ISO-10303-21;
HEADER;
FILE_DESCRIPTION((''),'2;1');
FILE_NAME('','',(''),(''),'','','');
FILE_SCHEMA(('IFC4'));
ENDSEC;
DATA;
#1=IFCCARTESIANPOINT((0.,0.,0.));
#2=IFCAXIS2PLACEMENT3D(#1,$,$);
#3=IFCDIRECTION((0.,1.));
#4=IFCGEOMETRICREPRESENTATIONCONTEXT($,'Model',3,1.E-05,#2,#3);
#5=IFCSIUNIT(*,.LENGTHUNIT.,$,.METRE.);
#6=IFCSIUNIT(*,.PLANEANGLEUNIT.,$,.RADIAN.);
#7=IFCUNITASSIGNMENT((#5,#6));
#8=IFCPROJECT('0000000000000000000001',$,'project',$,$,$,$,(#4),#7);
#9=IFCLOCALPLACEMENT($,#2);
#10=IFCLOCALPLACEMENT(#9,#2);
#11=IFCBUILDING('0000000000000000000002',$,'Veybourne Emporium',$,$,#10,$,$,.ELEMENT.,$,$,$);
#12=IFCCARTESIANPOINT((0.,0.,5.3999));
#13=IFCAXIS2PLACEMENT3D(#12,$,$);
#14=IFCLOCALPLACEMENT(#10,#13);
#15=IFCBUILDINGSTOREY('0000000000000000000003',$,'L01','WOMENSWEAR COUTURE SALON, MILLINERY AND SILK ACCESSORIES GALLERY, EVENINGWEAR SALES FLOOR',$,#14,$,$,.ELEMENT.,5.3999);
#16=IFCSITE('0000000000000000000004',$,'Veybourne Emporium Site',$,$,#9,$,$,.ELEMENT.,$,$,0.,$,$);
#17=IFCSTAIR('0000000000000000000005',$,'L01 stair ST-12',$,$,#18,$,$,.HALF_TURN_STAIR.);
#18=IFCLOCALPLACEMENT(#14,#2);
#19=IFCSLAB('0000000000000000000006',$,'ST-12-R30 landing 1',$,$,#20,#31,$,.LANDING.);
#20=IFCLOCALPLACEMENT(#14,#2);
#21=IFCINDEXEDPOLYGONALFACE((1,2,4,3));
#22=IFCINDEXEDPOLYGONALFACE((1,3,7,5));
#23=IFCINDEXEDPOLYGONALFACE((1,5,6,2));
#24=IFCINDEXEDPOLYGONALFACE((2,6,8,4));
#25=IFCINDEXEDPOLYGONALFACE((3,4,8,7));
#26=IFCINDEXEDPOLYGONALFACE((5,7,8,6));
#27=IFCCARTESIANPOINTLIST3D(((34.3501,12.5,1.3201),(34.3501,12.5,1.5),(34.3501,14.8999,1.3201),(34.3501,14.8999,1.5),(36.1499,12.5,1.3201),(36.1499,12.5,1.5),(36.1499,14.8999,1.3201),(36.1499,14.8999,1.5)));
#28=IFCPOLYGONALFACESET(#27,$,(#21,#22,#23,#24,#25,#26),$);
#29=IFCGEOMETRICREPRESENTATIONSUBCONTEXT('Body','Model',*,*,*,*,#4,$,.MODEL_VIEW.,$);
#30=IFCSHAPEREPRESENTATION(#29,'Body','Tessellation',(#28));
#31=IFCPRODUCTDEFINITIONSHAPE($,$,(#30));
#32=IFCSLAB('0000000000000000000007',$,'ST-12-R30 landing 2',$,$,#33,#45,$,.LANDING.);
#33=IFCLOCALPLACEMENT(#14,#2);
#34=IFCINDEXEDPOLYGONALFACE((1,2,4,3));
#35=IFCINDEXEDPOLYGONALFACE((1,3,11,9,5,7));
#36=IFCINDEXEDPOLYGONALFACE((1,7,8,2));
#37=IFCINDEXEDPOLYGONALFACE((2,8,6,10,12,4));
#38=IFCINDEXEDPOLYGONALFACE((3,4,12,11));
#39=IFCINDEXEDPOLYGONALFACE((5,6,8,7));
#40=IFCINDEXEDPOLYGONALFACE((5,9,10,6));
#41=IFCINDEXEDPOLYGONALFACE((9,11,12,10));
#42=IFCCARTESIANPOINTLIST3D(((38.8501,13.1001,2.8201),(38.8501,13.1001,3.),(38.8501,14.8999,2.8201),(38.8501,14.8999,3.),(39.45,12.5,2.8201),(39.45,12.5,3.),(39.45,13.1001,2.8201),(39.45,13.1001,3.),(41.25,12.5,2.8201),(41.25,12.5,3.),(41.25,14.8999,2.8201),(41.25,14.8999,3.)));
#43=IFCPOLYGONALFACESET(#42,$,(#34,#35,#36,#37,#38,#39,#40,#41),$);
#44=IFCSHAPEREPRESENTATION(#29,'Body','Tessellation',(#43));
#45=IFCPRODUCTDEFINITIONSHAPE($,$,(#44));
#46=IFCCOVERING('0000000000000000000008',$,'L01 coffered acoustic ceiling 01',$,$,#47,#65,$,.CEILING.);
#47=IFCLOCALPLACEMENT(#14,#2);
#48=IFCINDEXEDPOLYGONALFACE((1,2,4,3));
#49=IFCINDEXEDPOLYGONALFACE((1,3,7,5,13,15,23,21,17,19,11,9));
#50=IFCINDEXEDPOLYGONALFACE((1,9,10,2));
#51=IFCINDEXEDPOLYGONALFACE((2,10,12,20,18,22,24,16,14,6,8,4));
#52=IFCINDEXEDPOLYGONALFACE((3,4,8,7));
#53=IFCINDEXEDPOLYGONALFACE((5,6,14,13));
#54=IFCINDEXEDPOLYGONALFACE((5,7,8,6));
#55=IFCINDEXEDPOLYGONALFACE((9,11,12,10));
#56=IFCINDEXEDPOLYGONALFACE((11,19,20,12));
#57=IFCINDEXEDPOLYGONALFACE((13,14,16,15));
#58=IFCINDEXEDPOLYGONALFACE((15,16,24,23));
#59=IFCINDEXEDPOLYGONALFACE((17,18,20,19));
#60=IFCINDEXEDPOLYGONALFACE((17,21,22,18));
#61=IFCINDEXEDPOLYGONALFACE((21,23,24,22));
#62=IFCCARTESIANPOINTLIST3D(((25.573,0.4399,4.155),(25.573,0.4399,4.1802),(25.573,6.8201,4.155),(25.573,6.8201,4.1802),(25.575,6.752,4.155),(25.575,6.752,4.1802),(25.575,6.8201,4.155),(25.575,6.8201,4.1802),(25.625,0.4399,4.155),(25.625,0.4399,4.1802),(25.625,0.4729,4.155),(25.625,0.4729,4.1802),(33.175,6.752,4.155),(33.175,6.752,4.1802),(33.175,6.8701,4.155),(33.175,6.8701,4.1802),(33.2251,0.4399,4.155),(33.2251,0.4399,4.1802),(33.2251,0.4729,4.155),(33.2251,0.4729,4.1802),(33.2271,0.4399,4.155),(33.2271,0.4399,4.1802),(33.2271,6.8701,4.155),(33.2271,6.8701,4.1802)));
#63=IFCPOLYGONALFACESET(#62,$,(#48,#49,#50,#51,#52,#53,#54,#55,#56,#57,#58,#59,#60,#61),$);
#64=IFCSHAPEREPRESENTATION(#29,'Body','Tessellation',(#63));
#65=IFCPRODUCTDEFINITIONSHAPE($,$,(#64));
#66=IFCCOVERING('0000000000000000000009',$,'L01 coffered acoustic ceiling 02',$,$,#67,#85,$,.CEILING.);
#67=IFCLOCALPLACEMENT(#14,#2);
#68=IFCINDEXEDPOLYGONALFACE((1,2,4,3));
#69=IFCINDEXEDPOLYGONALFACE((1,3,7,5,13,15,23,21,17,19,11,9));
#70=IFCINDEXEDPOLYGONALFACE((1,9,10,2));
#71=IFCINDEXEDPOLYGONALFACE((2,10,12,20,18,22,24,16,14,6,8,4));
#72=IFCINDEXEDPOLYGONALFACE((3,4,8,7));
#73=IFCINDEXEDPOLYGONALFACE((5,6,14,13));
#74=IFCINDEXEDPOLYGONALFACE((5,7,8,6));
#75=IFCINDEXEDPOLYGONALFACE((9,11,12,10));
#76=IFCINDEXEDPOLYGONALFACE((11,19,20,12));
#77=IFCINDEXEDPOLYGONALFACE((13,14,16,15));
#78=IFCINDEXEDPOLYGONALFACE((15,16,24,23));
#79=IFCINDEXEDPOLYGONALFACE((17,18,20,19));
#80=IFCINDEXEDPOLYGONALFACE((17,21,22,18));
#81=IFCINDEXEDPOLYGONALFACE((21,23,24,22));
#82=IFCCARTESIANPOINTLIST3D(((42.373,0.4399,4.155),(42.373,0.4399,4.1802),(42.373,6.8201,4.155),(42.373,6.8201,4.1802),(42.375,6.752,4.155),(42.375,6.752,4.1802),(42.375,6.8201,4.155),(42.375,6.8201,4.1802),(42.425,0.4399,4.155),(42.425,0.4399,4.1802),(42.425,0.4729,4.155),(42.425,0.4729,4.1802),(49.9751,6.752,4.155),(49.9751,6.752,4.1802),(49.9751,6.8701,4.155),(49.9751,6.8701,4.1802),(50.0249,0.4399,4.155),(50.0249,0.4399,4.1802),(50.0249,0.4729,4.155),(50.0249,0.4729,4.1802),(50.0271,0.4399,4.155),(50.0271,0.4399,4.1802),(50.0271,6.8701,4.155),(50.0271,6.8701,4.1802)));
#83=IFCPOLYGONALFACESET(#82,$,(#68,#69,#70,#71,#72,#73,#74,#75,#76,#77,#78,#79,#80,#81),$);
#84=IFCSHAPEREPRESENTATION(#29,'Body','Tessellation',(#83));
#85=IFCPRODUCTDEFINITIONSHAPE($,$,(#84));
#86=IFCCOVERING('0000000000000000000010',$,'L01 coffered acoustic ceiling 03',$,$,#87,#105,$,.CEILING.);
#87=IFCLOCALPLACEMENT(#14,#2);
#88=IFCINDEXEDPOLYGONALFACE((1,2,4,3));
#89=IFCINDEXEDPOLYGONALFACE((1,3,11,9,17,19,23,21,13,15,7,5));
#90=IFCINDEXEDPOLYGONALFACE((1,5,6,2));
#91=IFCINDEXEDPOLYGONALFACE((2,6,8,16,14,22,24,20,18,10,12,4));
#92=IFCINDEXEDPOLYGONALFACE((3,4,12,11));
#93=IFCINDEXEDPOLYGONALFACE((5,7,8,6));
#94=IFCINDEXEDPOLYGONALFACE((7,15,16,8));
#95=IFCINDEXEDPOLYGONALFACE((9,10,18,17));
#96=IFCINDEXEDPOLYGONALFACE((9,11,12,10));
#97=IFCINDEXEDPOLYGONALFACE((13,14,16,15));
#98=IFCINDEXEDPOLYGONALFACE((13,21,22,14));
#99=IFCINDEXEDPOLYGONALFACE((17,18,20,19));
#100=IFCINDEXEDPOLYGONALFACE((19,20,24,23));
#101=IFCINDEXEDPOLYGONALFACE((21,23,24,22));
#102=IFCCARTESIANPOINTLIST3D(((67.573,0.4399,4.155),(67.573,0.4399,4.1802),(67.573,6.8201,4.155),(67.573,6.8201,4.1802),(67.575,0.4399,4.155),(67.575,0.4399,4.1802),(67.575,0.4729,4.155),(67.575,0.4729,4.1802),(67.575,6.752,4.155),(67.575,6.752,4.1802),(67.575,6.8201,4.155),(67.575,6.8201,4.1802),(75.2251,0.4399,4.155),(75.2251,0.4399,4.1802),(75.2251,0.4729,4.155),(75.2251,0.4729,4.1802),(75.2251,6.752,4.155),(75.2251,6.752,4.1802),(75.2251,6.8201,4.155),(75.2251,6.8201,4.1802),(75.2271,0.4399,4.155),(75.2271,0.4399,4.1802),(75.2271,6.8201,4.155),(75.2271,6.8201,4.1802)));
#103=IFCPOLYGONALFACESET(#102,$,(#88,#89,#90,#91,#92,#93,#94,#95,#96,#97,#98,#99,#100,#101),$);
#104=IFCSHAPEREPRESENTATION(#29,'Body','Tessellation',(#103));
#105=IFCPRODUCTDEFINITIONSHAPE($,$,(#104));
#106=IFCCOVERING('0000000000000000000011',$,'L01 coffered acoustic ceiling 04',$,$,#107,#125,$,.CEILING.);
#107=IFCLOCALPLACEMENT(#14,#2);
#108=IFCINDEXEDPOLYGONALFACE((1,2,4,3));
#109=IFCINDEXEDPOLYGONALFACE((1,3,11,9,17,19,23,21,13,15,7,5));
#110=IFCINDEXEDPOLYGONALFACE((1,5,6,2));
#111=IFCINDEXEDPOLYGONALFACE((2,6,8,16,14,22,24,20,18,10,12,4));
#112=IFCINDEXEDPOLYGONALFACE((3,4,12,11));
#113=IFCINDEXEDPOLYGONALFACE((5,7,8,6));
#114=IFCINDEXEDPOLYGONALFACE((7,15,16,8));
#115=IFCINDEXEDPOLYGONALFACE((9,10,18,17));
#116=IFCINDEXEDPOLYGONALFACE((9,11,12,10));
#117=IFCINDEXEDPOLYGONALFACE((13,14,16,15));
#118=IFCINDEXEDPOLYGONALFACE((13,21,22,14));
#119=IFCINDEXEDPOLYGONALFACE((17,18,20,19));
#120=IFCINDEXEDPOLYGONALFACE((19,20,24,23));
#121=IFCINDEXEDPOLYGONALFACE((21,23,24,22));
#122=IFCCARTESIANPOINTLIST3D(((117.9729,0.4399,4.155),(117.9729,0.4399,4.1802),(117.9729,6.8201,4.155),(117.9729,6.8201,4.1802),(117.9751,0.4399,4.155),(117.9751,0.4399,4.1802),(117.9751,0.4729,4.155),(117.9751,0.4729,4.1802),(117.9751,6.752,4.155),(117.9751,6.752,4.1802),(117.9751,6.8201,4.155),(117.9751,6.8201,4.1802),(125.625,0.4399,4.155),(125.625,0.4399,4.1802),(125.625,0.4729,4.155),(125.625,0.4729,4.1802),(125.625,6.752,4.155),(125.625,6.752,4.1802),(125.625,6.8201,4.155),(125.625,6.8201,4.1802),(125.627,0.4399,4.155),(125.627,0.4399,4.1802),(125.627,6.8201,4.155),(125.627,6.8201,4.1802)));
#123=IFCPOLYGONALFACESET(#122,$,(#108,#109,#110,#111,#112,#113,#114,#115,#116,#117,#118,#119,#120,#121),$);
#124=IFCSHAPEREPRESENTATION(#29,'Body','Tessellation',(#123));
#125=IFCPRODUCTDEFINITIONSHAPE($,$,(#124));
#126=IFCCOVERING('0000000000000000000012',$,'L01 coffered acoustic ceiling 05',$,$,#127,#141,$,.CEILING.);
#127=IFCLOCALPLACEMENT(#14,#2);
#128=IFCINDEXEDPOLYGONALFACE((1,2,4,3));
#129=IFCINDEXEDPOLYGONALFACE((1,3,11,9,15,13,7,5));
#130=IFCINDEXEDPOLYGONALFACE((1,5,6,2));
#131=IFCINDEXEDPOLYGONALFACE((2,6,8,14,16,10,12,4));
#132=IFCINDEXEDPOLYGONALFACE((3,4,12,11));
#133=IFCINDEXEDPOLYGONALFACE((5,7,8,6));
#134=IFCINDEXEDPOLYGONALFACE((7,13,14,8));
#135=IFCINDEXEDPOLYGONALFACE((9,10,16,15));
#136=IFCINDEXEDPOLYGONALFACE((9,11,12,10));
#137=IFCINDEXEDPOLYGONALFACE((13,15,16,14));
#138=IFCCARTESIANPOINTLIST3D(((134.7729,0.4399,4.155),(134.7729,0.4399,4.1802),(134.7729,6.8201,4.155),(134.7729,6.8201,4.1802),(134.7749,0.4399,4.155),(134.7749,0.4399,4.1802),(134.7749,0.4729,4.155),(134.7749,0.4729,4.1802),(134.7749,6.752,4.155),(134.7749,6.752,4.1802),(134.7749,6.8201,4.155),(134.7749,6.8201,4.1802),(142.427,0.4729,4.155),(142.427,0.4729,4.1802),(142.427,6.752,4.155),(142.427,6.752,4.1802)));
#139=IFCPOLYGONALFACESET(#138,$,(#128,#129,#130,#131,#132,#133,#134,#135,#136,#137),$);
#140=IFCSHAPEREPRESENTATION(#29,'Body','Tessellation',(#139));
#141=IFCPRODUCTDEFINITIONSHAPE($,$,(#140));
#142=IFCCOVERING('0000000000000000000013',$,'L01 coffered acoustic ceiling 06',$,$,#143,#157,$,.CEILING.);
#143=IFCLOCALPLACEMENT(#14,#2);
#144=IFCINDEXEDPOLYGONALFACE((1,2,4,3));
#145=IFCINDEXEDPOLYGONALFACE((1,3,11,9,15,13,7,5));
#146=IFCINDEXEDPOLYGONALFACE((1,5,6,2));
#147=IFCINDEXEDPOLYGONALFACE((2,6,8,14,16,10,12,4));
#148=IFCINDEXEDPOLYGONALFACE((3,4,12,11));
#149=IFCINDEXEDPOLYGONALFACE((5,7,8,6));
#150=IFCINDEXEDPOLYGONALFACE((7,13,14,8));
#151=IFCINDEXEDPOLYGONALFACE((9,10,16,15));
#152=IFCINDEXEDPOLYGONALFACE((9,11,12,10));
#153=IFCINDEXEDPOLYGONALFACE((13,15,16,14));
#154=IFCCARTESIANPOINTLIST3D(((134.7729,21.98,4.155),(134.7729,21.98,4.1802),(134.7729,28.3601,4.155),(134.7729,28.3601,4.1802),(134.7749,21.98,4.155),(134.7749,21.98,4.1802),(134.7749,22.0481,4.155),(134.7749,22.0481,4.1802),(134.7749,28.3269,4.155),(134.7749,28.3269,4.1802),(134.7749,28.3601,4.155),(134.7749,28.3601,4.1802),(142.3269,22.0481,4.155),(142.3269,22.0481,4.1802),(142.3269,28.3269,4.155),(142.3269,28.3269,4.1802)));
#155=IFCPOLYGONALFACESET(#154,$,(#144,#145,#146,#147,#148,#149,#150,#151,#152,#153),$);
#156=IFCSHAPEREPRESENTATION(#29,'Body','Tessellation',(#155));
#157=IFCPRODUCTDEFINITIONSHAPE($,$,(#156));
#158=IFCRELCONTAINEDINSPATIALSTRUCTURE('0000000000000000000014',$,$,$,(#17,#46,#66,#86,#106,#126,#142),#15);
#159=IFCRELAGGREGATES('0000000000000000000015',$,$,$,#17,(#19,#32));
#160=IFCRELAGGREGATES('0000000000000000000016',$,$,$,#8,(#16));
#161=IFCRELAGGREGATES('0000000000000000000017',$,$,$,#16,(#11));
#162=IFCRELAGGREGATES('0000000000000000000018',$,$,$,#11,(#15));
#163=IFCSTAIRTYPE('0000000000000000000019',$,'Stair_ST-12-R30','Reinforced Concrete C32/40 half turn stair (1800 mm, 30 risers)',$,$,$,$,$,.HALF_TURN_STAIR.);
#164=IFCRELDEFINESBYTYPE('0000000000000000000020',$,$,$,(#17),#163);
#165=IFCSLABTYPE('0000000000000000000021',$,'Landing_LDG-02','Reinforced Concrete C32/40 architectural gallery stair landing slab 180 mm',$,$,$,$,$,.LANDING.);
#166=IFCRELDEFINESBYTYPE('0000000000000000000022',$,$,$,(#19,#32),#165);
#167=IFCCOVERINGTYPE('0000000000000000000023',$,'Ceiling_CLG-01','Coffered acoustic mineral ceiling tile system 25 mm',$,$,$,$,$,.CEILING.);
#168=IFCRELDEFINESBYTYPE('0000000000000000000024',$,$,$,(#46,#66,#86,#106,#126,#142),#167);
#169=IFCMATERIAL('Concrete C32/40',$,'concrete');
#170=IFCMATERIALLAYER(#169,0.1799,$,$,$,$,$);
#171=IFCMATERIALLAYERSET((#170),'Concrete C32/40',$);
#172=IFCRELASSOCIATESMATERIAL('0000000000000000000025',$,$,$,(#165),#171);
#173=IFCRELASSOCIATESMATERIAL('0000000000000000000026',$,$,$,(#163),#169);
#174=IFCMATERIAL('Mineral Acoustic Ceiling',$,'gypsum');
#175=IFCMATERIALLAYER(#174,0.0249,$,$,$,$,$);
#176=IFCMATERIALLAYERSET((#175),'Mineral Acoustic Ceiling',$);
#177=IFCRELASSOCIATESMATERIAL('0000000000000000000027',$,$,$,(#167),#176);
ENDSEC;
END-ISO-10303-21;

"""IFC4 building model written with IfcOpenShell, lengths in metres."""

from ifc_helpers import new_model, si_unit, direction, frame, origin, place, context, subcontext, project, spatial, polyline, outline, extrude, material, layer, layer_set, type_object, element, aggregate, save


model = new_model("IFC4")

# Units and contexts
model_context = context("Model", 3, precision=1e-05, world=origin(), true_north=direction((0.0, 1.0)))
body_context = subcontext(model_context, "Body", "Model", "MODEL_VIEW")
ifc_project = project(units=[si_unit("LENGTHUNIT", "METRE"), si_unit("PLANEANGLEUNIT", "RADIAN")], contexts=[model_context])

# Site, building, storey
site_placement = place(None, origin())
site = spatial("IfcSite", under=ifc_project, at=site_placement, Name="Veybourne Emporium Site", CompositionType="ELEMENT", RefElevation=0.0)
building_placement = place(site_placement, origin())
building = spatial("IfcBuilding", under=site, at=building_placement, Name="Veybourne Emporium", CompositionType="ELEMENT")
storey_placement = place(building_placement, frame((0.0, 0.0, 5.3999)))
storey = spatial("IfcBuildingStorey", under=building, at=storey_placement, Name="L01", Description="WOMENSWEAR COUTURE SALON, MILLINERY AND SILK ACCESSORIES GALLERY, EVENINGWEAR SALES FLOOR", CompositionType="ELEMENT", Elevation=5.3999)

# Shared definitions
ifc_material_1 = material(Name="Concrete C32/40", Category="concrete")

# Stair, slabs
ifc_layer_1 = layer(ifc_material_1, 0.1799)
ifc_layer_set_1 = layer_set([ifc_layer_1], Name="Concrete C32/40")
slab_type_1 = type_object("IfcSlabType", Name="Landing_LDG-02", Description="Reinforced Concrete C32/40 architectural gallery stair landing slab 180 mm", PredefinedType="LANDING", material=ifc_layer_set_1)
stair_type_1 = type_object("IfcStairType", Name="Stair_ST-12-R30", Description="Reinforced Concrete C32/40 half turn stair (1800 mm, 30 risers)", PredefinedType="HALF_TURN_STAIR", material=ifc_material_1)
stair_1_placement = place(storey_placement, origin())
stair_1 = element("IfcStair", 1, at=stair_1_placement, inside=storey, type_object=stair_type_1, Name="L01 stair ST-12", PredefinedType="HALF_TURN_STAIR")
slab_1_placement = place(storey_placement, frame((0.0, 0.0, 1.3201)))
slab_1 = element("IfcSlab", 2, at=slab_1_placement, type_object=slab_type_1, Name="ST-12-R30 landing 1", PredefinedType="LANDING", context=body_context, shape_type="SweptSolid", body=[
    extrude(outline(polyline([(34.3501, 12.5), (36.1499, 12.5), (36.1499, 14.8999), (34.3501, 14.8999), (34.3501, 12.5)])), origin(), (0.0, 0.0, 1.0), 0.1799),
])
slab_2_placement = place(storey_placement, frame((0.0, 0.0, 2.8201)))
slab_2 = element("IfcSlab", 3, at=slab_2_placement, type_object=slab_type_1, Name="ST-12-R30 landing 2", PredefinedType="LANDING", context=body_context, shape_type="SweptSolid", body=[
    extrude(outline(polyline([(38.8501, 13.1001), (39.45, 13.1001), (39.45, 12.5), (41.25, 12.5), (41.25, 14.8999), (38.8501, 14.8999), (38.8501, 13.1001)])), origin(), (0.0, 0.0, 1.0), 0.1799),
])
aggregate(stair_1, [slab_1, slab_2])

# Coverings
ifc_material_2 = material(Name="Mineral Acoustic Ceiling", Category="gypsum")
ifc_layer_2 = layer(ifc_material_2, 0.0249)
ifc_layer_set_2 = layer_set([ifc_layer_2], Name="Mineral Acoustic Ceiling")
covering_type = type_object("IfcCoveringType", Name="Ceiling_CLG-01", Description="Coffered acoustic mineral ceiling tile system 25 mm", PredefinedType="CEILING", material=ifc_layer_set_2)
covering_1_placement = place(storey_placement, frame((0.0, 0.0, 4.155)))
element("IfcCovering", 4, at=covering_1_placement, inside=storey, type_object=covering_type, Name="L01 coffered acoustic ceiling 01", PredefinedType="CEILING", context=body_context, shape_type="SweptSolid", body=[
    extrude(outline(polyline([(33.2271, 6.8701), (33.2271, 0.4399), (33.2251, 0.4399), (33.2251, 0.4729), (25.625, 0.4729), (25.625, 0.4399), (25.573, 0.4399), (25.573, 6.8201), (25.575, 6.8201), (25.575, 6.752), (33.175, 6.752), (33.175, 6.8701), (33.2271, 6.8701)])), origin(), (0.0, 0.0, 1.0), 0.0251),
])
covering_2_placement = place(storey_placement, frame((0.0, 0.0, 4.155)))
element("IfcCovering", 5, at=covering_2_placement, inside=storey, type_object=covering_type, Name="L01 coffered acoustic ceiling 02", PredefinedType="CEILING", context=body_context, shape_type="SweptSolid", body=[
    extrude(outline(polyline([(50.0249, 0.4399), (50.0249, 0.4729), (42.425, 0.4729), (42.425, 0.4399), (42.373, 0.4399), (42.373, 6.8201), (42.375, 6.8201), (42.375, 6.752), (49.9751, 6.752), (49.9751, 6.8701), (50.0271, 6.8701), (50.0271, 0.4399), (50.0249, 0.4399)])), origin(), (0.0, 0.0, 1.0), 0.0251),
])
covering_3_placement = place(storey_placement, frame((0.0, 0.0, 4.155)))
element("IfcCovering", 6, at=covering_3_placement, inside=storey, type_object=covering_type, Name="L01 coffered acoustic ceiling 03", PredefinedType="CEILING", context=body_context, shape_type="SweptSolid", body=[
    extrude(outline(polyline([(67.575, 6.8201), (67.575, 6.752), (75.2251, 6.752), (75.2251, 6.8201), (75.2271, 6.8201), (75.2271, 0.4399), (75.2251, 0.4399), (75.2251, 0.4729), (67.575, 0.4729), (67.575, 0.4399), (67.573, 0.4399), (67.573, 6.8201), (67.575, 6.8201)])), origin(), (0.0, 0.0, 1.0), 0.0251),
])
covering_4_placement = place(storey_placement, frame((0.0, 0.0, 4.155)))
element("IfcCovering", 7, at=covering_4_placement, inside=storey, type_object=covering_type, Name="L01 coffered acoustic ceiling 04", PredefinedType="CEILING", context=body_context, shape_type="SweptSolid", body=[
    extrude(outline(polyline([(125.627, 6.8201), (125.627, 0.4399), (125.625, 0.4399), (125.625, 0.4729), (117.9751, 0.4729), (117.9751, 0.4399), (117.9729, 0.4399), (117.9729, 6.8201), (117.9751, 6.8201), (117.9751, 6.752), (125.625, 6.752), (125.625, 6.8201), (125.627, 6.8201)])), origin(), (0.0, 0.0, 1.0), 0.0251),
])
covering_5_placement = place(storey_placement, frame((0.0, 0.0, 4.155)))
element("IfcCovering", 8, at=covering_5_placement, inside=storey, type_object=covering_type, Name="L01 coffered acoustic ceiling 05", PredefinedType="CEILING", context=body_context, shape_type="SweptSolid", body=[
    extrude(outline(polyline([(134.7749, 6.8201), (134.7749, 6.752), (142.427, 6.752), (142.427, 0.4729), (134.7749, 0.4729), (134.7749, 0.4399), (134.7729, 0.4399), (134.7729, 6.8201), (134.7749, 6.8201)])), origin(), (0.0, 0.0, 1.0), 0.0251),
])
covering_6_placement = place(storey_placement, frame((0.0, 0.0, 4.155)))
element("IfcCovering", 9, at=covering_6_placement, inside=storey, type_object=covering_type, Name="L01 coffered acoustic ceiling 06", PredefinedType="CEILING", context=body_context, shape_type="SweptSolid", body=[
    extrude(outline(polyline([(134.7749, 28.3601), (134.7749, 28.3269), (142.3269, 28.3269), (142.3269, 22.0481), (134.7749, 22.0481), (134.7749, 21.98), (134.7729, 21.98), (134.7729, 28.3601), (134.7749, 28.3601)])), origin(), (0.0, 0.0, 1.0), 0.0251),
])

save(model, "model.ifc")
